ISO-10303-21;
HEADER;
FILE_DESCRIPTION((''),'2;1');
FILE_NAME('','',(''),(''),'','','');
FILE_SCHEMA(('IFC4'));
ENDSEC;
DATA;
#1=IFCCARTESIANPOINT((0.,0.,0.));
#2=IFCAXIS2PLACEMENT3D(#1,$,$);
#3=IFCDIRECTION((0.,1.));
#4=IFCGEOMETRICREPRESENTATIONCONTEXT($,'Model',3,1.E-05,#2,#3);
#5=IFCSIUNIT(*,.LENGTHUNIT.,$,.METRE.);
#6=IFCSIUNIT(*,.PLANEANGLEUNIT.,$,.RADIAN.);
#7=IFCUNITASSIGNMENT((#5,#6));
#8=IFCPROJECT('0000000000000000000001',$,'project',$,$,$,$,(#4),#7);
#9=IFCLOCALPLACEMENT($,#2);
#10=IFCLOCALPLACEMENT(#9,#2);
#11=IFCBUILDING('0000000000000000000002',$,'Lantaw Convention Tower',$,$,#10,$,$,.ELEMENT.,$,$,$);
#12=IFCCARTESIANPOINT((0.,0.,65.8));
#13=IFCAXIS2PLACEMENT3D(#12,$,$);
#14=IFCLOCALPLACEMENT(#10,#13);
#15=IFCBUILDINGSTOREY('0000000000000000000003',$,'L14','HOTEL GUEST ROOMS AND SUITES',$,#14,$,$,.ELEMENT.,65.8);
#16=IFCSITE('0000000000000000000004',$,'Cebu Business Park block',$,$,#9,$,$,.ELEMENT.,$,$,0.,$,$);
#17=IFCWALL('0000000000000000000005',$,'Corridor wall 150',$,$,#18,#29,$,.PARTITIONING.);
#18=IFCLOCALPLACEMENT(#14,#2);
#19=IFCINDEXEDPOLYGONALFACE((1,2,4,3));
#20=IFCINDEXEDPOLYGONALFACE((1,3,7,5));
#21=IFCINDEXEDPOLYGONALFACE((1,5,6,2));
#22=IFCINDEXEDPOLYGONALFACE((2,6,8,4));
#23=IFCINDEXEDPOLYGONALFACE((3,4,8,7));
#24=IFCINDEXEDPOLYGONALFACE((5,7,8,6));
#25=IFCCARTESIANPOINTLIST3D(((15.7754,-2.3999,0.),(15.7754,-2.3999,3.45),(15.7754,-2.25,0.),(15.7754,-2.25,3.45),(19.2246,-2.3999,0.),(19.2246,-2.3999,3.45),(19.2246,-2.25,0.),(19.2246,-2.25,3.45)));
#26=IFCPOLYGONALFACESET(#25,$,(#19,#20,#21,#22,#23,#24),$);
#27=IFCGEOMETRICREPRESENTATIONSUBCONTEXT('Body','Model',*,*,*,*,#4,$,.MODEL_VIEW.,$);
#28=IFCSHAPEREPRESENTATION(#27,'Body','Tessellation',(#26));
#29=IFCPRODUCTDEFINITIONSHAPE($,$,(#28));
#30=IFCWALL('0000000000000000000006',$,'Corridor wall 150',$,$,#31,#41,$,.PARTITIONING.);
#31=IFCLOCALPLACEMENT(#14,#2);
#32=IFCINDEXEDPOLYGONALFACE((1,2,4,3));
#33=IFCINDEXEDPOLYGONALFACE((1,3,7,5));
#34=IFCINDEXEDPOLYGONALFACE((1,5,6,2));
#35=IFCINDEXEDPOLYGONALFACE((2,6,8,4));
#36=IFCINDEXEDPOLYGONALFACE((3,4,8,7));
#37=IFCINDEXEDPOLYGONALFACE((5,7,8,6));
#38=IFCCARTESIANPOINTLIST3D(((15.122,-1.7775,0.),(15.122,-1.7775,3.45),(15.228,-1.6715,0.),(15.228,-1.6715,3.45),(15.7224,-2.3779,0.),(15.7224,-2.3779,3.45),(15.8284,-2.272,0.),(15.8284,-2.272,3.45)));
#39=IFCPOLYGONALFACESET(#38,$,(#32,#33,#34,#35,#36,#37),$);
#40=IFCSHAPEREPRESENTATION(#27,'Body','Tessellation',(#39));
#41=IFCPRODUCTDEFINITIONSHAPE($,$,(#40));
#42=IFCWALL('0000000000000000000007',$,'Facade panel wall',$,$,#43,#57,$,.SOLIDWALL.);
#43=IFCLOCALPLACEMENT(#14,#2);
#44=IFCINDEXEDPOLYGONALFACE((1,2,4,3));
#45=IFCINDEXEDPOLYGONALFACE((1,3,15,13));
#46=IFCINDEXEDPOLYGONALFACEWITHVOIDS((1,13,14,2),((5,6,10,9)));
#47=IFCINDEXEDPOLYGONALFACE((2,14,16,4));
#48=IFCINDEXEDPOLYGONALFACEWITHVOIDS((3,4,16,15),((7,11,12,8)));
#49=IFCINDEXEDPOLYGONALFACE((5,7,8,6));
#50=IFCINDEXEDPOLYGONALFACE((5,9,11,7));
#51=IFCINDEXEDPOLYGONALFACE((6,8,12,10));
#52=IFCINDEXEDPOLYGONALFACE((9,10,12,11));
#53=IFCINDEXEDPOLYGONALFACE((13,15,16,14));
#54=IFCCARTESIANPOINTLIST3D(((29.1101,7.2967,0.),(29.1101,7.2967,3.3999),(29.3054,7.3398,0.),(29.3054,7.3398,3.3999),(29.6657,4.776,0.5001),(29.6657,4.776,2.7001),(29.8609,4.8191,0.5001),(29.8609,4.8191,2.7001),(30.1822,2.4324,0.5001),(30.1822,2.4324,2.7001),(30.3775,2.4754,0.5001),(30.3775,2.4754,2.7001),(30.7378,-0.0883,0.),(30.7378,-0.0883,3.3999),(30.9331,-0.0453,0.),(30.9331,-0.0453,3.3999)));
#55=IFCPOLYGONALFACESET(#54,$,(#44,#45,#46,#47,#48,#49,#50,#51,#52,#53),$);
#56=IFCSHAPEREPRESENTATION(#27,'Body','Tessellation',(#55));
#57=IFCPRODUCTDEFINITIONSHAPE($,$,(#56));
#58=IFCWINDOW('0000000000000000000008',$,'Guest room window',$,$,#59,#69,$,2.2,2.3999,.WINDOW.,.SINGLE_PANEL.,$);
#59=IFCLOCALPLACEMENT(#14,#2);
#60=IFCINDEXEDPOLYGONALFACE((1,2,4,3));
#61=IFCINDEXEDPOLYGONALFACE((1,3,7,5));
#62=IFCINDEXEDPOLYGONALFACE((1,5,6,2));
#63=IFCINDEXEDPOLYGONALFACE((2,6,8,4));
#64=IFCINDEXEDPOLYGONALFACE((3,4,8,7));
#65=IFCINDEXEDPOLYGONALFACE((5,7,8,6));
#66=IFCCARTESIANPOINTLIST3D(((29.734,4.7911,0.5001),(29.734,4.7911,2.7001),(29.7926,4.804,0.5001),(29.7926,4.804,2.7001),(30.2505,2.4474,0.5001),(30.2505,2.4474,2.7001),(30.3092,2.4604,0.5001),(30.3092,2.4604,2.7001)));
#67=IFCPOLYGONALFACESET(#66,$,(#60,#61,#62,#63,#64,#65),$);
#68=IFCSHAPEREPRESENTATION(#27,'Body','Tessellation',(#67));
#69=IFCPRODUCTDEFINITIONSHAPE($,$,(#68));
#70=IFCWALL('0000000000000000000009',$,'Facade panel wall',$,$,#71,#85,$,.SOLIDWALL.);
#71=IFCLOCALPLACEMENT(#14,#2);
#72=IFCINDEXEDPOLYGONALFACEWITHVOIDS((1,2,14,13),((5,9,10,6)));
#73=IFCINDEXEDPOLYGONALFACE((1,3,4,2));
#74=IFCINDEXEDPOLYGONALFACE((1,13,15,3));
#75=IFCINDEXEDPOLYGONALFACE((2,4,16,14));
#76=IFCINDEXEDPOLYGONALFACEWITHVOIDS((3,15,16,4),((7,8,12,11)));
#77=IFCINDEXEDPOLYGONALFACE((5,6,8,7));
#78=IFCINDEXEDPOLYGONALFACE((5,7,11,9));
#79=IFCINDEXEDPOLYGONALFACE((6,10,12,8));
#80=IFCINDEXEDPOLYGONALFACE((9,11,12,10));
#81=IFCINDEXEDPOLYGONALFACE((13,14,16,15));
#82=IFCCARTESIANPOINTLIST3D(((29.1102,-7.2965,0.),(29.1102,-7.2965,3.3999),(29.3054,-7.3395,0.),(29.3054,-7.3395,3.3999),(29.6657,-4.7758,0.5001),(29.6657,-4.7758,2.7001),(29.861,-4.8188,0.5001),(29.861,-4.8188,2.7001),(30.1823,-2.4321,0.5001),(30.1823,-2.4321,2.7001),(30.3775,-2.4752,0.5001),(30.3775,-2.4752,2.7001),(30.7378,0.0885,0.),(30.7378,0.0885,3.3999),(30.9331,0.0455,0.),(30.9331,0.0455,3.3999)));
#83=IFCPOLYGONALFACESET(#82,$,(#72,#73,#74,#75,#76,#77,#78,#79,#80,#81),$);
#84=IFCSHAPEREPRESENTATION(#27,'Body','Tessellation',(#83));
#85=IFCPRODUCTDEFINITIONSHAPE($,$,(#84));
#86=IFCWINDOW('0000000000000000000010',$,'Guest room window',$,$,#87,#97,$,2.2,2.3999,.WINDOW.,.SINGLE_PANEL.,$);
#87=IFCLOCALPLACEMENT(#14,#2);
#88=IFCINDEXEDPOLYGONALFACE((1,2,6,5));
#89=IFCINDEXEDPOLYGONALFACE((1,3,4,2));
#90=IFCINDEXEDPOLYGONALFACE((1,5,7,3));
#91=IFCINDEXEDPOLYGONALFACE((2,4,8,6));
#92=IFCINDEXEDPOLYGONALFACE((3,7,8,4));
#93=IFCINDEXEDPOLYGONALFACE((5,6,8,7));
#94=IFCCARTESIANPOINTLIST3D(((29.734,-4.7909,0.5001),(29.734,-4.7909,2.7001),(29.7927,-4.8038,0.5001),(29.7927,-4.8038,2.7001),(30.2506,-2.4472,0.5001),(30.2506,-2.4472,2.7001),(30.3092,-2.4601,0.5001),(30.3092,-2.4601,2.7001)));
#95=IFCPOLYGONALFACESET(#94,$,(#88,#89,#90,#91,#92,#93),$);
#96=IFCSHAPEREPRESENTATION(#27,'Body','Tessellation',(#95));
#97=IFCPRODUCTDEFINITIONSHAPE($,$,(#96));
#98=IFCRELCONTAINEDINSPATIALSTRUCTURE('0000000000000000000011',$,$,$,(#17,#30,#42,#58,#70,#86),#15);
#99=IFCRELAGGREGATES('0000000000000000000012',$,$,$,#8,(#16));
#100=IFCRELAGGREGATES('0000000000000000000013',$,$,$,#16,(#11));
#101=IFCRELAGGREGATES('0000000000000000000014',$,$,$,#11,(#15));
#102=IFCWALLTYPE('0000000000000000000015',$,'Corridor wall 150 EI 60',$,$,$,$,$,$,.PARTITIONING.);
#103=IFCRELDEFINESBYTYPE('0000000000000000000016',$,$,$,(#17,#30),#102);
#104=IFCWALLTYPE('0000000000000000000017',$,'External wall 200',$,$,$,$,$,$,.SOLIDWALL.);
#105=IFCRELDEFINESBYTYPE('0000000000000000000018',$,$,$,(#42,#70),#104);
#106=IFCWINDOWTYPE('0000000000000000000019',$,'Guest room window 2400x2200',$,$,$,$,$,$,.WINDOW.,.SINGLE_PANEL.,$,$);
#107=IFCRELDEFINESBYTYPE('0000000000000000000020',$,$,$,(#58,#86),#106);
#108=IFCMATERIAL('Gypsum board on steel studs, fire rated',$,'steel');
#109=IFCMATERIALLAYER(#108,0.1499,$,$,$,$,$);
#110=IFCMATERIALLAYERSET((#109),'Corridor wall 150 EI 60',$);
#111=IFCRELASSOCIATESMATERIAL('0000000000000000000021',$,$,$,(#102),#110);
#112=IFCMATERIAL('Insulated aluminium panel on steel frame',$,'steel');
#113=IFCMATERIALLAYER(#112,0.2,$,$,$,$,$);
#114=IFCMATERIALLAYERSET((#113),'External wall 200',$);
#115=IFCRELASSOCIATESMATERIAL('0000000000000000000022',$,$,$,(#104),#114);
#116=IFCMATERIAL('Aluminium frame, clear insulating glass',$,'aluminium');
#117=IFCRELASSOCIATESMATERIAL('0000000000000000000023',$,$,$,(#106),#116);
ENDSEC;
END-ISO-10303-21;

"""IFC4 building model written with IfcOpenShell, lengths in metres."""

from ifc_helpers import new_model, si_unit, direction, frame, frame_2d, origin, place, context, subcontext, project, spatial, rectangle, extrude, material, layer, layer_set, type_object, element, fill, save


model = new_model("IFC4")

# Units and contexts
model_context = context("Model", 3, precision=1e-05, world=origin(), true_north=direction((0.0, 1.0)))
body_context = subcontext(model_context, "Body", "Model", "MODEL_VIEW")
ifc_project = project(units=[si_unit("LENGTHUNIT", "METRE"), si_unit("PLANEANGLEUNIT", "RADIAN")], contexts=[model_context])

# Site, building, storey
site_placement = place(None, origin())
site = spatial("IfcSite", under=ifc_project, at=site_placement, Name="Cebu Business Park block", CompositionType="ELEMENT", RefElevation=0.0)
building_placement = place(site_placement, origin())
building = spatial("IfcBuilding", under=site, at=building_placement, Name="Lantaw Convention Tower", CompositionType="ELEMENT")
storey_placement = place(building_placement, frame((0.0, 0.0, 65.8)))
storey = spatial("IfcBuildingStorey", under=building, at=storey_placement, Name="L14", Description="HOTEL GUEST ROOMS AND SUITES", CompositionType="ELEMENT", Elevation=65.8)

# Shared definitions
ifc_material_1 = material(Name="Gypsum board on steel studs, fire rated", Category="steel")
ifc_layer_1 = layer(ifc_material_1, 0.1499)
ifc_layer_set_1 = layer_set([ifc_layer_1], Name="Corridor wall 150 EI 60")
wall_type_1 = type_object("IfcWallType", Name="Corridor wall 150 EI 60", PredefinedType="PARTITIONING", material=ifc_layer_set_1)

# Walls
wall_1_placement = place(storey_placement, frame((19.2246, -2.325, 0.0), z_axis=(0.0, 0.0, 1.0), x_axis=(-1.0, 0.0, 0.0)))
element("IfcWall", 1, at=wall_1_placement, inside=storey, type_object=wall_type_1, Name="Corridor wall 150", PredefinedType="PARTITIONING", context=body_context, shape_type="SweptSolid", body=[
    extrude(rectangle(XDim=3.4492, YDim=0.1499, at=frame_2d((1.7246, 0.0))), origin(), (0.0, 0.0, 1.0), 3.45),
])
wall_2_placement = place(storey_placement, frame((15.7754, -2.325, 0.0), z_axis=(0.0, 0.0, 1.0), x_axis=(-0.707107, 0.707107, 0.0)))
element("IfcWall", 2, at=wall_2_placement, inside=storey, type_object=wall_type_1, Name="Corridor wall 150", PredefinedType="PARTITIONING", context=body_context, shape_type="SweptSolid", body=[
    extrude(rectangle(XDim=0.8491, YDim=0.1499, at=frame_2d((0.4246, 0.0))), origin(), (0.0, 0.0, 1.0), 3.45),
])

# Walls, openings, windows
ifc_material_2 = material(Name="Insulated aluminium panel on steel frame", Category="steel")
ifc_layer_2 = layer(ifc_material_2, 0.2)
ifc_layer_set_2 = layer_set([ifc_layer_2], Name="External wall 200")
wall_type_2 = type_object("IfcWallType", Name="External wall 200", PredefinedType="SOLIDWALL", material=ifc_layer_set_2)
wall_3_placement = place(storey_placement, frame((30.8354, -0.0669, 0.0), z_axis=(0.0, 0.0, 1.0), x_axis=(-0.215238, 0.976562, 0.0)))
wall_3 = element("IfcWall", 3, at=wall_3_placement, inside=storey, type_object=wall_type_2, Name="Facade panel wall", PredefinedType="SOLIDWALL", context=body_context, shape_type="SweptSolid", body=[
    extrude(rectangle(XDim=7.5623, YDim=0.2, at=frame_2d((3.7812, 0.0))), origin(), (0.0, 0.0, 1.0), 3.3999),
])
opening_1_placement = place(wall_3_placement, frame((2.5813, 0.0, 0.5)))
opening_1 = element("IfcOpeningElement", 4, at=opening_1_placement, cuts=wall_3, PredefinedType="OPENING", context=body_context, shape_type="SweptSolid", body=[
    extrude(rectangle(XDim=2.3999, YDim=2.2, at=frame_2d((1.2, 1.1001))), frame((0.0, 0.1099, 0.0), z_axis=(0.0, -1.0, 0.0), x_axis=(1.0, 0.0, 0.0)), (0.0, 0.0, 1.0), 0.22),
])
ifc_material_3 = material(Name="Aluminium frame, clear insulating glass", Category="aluminium")
window_type = type_object("IfcWindowType", Name="Guest room window 2400x2200", PartitioningType="SINGLE_PANEL", PredefinedType="WINDOW", material=ifc_material_3)
window_1_placement = place(opening_1_placement, origin())
window_1 = element("IfcWindow", 5, at=window_1_placement, inside=storey, type_object=window_type, Name="Guest room window", OverallHeight=2.2, OverallWidth=2.3999, PartitioningType="SINGLE_PANEL", PredefinedType="WINDOW", context=body_context, shape_type="SweptSolid", body=[
    extrude(rectangle(XDim=2.3999, YDim=2.2, at=frame_2d((1.2, 1.1001))), frame((0.0, 0.03, 0.0), z_axis=(0.0, -1.0, 0.0), x_axis=(1.0, 0.0, 0.0)), (0.0, 0.0, 1.0), 0.0601),
])
fill(opening_1, window_1)
wall_4_placement = place(storey_placement, frame((29.2078, -7.3181, 0.0), z_axis=(0.0, 0.0, 1.0), x_axis=(0.215238, 0.976562, 0.0)))
wall_4 = element("IfcWall", 6, at=wall_4_placement, inside=storey, type_object=wall_type_2, Name="Facade panel wall", PredefinedType="SOLIDWALL", context=body_context, shape_type="SweptSolid", body=[
    extrude(rectangle(XDim=7.5623, YDim=0.2, at=frame_2d((3.7812, 0.0))), origin(), (0.0, 0.0, 1.0), 3.3999),
])
opening_2_placement = place(wall_4_placement, frame((2.5813, 0.0, 0.5)))
opening_2 = element("IfcOpeningElement", 7, at=opening_2_placement, cuts=wall_4, PredefinedType="OPENING", context=body_context, shape_type="SweptSolid", body=[
    extrude(rectangle(XDim=2.3999, YDim=2.2, at=frame_2d((1.2, 1.1001))), frame((0.0, 0.1099, 0.0), z_axis=(0.0, -1.0, 0.0), x_axis=(1.0, 0.0, 0.0)), (0.0, 0.0, 1.0), 0.22),
])
window_2_placement = place(opening_2_placement, origin())
window_2 = element("IfcWindow", 8, at=window_2_placement, inside=storey, type_object=window_type, Name="Guest room window", OverallHeight=2.2, OverallWidth=2.3999, PartitioningType="SINGLE_PANEL", PredefinedType="WINDOW", context=body_context, shape_type="SweptSolid", body=[
    extrude(rectangle(XDim=2.3999, YDim=2.2, at=frame_2d((1.2, 1.1001))), frame((0.0, 0.03, 0.0), z_axis=(0.0, -1.0, 0.0), x_axis=(1.0, 0.0, 0.0)), (0.0, 0.0, 1.0), 0.0601),
])
fill(opening_2, window_2)

save(model, "model.ifc")
